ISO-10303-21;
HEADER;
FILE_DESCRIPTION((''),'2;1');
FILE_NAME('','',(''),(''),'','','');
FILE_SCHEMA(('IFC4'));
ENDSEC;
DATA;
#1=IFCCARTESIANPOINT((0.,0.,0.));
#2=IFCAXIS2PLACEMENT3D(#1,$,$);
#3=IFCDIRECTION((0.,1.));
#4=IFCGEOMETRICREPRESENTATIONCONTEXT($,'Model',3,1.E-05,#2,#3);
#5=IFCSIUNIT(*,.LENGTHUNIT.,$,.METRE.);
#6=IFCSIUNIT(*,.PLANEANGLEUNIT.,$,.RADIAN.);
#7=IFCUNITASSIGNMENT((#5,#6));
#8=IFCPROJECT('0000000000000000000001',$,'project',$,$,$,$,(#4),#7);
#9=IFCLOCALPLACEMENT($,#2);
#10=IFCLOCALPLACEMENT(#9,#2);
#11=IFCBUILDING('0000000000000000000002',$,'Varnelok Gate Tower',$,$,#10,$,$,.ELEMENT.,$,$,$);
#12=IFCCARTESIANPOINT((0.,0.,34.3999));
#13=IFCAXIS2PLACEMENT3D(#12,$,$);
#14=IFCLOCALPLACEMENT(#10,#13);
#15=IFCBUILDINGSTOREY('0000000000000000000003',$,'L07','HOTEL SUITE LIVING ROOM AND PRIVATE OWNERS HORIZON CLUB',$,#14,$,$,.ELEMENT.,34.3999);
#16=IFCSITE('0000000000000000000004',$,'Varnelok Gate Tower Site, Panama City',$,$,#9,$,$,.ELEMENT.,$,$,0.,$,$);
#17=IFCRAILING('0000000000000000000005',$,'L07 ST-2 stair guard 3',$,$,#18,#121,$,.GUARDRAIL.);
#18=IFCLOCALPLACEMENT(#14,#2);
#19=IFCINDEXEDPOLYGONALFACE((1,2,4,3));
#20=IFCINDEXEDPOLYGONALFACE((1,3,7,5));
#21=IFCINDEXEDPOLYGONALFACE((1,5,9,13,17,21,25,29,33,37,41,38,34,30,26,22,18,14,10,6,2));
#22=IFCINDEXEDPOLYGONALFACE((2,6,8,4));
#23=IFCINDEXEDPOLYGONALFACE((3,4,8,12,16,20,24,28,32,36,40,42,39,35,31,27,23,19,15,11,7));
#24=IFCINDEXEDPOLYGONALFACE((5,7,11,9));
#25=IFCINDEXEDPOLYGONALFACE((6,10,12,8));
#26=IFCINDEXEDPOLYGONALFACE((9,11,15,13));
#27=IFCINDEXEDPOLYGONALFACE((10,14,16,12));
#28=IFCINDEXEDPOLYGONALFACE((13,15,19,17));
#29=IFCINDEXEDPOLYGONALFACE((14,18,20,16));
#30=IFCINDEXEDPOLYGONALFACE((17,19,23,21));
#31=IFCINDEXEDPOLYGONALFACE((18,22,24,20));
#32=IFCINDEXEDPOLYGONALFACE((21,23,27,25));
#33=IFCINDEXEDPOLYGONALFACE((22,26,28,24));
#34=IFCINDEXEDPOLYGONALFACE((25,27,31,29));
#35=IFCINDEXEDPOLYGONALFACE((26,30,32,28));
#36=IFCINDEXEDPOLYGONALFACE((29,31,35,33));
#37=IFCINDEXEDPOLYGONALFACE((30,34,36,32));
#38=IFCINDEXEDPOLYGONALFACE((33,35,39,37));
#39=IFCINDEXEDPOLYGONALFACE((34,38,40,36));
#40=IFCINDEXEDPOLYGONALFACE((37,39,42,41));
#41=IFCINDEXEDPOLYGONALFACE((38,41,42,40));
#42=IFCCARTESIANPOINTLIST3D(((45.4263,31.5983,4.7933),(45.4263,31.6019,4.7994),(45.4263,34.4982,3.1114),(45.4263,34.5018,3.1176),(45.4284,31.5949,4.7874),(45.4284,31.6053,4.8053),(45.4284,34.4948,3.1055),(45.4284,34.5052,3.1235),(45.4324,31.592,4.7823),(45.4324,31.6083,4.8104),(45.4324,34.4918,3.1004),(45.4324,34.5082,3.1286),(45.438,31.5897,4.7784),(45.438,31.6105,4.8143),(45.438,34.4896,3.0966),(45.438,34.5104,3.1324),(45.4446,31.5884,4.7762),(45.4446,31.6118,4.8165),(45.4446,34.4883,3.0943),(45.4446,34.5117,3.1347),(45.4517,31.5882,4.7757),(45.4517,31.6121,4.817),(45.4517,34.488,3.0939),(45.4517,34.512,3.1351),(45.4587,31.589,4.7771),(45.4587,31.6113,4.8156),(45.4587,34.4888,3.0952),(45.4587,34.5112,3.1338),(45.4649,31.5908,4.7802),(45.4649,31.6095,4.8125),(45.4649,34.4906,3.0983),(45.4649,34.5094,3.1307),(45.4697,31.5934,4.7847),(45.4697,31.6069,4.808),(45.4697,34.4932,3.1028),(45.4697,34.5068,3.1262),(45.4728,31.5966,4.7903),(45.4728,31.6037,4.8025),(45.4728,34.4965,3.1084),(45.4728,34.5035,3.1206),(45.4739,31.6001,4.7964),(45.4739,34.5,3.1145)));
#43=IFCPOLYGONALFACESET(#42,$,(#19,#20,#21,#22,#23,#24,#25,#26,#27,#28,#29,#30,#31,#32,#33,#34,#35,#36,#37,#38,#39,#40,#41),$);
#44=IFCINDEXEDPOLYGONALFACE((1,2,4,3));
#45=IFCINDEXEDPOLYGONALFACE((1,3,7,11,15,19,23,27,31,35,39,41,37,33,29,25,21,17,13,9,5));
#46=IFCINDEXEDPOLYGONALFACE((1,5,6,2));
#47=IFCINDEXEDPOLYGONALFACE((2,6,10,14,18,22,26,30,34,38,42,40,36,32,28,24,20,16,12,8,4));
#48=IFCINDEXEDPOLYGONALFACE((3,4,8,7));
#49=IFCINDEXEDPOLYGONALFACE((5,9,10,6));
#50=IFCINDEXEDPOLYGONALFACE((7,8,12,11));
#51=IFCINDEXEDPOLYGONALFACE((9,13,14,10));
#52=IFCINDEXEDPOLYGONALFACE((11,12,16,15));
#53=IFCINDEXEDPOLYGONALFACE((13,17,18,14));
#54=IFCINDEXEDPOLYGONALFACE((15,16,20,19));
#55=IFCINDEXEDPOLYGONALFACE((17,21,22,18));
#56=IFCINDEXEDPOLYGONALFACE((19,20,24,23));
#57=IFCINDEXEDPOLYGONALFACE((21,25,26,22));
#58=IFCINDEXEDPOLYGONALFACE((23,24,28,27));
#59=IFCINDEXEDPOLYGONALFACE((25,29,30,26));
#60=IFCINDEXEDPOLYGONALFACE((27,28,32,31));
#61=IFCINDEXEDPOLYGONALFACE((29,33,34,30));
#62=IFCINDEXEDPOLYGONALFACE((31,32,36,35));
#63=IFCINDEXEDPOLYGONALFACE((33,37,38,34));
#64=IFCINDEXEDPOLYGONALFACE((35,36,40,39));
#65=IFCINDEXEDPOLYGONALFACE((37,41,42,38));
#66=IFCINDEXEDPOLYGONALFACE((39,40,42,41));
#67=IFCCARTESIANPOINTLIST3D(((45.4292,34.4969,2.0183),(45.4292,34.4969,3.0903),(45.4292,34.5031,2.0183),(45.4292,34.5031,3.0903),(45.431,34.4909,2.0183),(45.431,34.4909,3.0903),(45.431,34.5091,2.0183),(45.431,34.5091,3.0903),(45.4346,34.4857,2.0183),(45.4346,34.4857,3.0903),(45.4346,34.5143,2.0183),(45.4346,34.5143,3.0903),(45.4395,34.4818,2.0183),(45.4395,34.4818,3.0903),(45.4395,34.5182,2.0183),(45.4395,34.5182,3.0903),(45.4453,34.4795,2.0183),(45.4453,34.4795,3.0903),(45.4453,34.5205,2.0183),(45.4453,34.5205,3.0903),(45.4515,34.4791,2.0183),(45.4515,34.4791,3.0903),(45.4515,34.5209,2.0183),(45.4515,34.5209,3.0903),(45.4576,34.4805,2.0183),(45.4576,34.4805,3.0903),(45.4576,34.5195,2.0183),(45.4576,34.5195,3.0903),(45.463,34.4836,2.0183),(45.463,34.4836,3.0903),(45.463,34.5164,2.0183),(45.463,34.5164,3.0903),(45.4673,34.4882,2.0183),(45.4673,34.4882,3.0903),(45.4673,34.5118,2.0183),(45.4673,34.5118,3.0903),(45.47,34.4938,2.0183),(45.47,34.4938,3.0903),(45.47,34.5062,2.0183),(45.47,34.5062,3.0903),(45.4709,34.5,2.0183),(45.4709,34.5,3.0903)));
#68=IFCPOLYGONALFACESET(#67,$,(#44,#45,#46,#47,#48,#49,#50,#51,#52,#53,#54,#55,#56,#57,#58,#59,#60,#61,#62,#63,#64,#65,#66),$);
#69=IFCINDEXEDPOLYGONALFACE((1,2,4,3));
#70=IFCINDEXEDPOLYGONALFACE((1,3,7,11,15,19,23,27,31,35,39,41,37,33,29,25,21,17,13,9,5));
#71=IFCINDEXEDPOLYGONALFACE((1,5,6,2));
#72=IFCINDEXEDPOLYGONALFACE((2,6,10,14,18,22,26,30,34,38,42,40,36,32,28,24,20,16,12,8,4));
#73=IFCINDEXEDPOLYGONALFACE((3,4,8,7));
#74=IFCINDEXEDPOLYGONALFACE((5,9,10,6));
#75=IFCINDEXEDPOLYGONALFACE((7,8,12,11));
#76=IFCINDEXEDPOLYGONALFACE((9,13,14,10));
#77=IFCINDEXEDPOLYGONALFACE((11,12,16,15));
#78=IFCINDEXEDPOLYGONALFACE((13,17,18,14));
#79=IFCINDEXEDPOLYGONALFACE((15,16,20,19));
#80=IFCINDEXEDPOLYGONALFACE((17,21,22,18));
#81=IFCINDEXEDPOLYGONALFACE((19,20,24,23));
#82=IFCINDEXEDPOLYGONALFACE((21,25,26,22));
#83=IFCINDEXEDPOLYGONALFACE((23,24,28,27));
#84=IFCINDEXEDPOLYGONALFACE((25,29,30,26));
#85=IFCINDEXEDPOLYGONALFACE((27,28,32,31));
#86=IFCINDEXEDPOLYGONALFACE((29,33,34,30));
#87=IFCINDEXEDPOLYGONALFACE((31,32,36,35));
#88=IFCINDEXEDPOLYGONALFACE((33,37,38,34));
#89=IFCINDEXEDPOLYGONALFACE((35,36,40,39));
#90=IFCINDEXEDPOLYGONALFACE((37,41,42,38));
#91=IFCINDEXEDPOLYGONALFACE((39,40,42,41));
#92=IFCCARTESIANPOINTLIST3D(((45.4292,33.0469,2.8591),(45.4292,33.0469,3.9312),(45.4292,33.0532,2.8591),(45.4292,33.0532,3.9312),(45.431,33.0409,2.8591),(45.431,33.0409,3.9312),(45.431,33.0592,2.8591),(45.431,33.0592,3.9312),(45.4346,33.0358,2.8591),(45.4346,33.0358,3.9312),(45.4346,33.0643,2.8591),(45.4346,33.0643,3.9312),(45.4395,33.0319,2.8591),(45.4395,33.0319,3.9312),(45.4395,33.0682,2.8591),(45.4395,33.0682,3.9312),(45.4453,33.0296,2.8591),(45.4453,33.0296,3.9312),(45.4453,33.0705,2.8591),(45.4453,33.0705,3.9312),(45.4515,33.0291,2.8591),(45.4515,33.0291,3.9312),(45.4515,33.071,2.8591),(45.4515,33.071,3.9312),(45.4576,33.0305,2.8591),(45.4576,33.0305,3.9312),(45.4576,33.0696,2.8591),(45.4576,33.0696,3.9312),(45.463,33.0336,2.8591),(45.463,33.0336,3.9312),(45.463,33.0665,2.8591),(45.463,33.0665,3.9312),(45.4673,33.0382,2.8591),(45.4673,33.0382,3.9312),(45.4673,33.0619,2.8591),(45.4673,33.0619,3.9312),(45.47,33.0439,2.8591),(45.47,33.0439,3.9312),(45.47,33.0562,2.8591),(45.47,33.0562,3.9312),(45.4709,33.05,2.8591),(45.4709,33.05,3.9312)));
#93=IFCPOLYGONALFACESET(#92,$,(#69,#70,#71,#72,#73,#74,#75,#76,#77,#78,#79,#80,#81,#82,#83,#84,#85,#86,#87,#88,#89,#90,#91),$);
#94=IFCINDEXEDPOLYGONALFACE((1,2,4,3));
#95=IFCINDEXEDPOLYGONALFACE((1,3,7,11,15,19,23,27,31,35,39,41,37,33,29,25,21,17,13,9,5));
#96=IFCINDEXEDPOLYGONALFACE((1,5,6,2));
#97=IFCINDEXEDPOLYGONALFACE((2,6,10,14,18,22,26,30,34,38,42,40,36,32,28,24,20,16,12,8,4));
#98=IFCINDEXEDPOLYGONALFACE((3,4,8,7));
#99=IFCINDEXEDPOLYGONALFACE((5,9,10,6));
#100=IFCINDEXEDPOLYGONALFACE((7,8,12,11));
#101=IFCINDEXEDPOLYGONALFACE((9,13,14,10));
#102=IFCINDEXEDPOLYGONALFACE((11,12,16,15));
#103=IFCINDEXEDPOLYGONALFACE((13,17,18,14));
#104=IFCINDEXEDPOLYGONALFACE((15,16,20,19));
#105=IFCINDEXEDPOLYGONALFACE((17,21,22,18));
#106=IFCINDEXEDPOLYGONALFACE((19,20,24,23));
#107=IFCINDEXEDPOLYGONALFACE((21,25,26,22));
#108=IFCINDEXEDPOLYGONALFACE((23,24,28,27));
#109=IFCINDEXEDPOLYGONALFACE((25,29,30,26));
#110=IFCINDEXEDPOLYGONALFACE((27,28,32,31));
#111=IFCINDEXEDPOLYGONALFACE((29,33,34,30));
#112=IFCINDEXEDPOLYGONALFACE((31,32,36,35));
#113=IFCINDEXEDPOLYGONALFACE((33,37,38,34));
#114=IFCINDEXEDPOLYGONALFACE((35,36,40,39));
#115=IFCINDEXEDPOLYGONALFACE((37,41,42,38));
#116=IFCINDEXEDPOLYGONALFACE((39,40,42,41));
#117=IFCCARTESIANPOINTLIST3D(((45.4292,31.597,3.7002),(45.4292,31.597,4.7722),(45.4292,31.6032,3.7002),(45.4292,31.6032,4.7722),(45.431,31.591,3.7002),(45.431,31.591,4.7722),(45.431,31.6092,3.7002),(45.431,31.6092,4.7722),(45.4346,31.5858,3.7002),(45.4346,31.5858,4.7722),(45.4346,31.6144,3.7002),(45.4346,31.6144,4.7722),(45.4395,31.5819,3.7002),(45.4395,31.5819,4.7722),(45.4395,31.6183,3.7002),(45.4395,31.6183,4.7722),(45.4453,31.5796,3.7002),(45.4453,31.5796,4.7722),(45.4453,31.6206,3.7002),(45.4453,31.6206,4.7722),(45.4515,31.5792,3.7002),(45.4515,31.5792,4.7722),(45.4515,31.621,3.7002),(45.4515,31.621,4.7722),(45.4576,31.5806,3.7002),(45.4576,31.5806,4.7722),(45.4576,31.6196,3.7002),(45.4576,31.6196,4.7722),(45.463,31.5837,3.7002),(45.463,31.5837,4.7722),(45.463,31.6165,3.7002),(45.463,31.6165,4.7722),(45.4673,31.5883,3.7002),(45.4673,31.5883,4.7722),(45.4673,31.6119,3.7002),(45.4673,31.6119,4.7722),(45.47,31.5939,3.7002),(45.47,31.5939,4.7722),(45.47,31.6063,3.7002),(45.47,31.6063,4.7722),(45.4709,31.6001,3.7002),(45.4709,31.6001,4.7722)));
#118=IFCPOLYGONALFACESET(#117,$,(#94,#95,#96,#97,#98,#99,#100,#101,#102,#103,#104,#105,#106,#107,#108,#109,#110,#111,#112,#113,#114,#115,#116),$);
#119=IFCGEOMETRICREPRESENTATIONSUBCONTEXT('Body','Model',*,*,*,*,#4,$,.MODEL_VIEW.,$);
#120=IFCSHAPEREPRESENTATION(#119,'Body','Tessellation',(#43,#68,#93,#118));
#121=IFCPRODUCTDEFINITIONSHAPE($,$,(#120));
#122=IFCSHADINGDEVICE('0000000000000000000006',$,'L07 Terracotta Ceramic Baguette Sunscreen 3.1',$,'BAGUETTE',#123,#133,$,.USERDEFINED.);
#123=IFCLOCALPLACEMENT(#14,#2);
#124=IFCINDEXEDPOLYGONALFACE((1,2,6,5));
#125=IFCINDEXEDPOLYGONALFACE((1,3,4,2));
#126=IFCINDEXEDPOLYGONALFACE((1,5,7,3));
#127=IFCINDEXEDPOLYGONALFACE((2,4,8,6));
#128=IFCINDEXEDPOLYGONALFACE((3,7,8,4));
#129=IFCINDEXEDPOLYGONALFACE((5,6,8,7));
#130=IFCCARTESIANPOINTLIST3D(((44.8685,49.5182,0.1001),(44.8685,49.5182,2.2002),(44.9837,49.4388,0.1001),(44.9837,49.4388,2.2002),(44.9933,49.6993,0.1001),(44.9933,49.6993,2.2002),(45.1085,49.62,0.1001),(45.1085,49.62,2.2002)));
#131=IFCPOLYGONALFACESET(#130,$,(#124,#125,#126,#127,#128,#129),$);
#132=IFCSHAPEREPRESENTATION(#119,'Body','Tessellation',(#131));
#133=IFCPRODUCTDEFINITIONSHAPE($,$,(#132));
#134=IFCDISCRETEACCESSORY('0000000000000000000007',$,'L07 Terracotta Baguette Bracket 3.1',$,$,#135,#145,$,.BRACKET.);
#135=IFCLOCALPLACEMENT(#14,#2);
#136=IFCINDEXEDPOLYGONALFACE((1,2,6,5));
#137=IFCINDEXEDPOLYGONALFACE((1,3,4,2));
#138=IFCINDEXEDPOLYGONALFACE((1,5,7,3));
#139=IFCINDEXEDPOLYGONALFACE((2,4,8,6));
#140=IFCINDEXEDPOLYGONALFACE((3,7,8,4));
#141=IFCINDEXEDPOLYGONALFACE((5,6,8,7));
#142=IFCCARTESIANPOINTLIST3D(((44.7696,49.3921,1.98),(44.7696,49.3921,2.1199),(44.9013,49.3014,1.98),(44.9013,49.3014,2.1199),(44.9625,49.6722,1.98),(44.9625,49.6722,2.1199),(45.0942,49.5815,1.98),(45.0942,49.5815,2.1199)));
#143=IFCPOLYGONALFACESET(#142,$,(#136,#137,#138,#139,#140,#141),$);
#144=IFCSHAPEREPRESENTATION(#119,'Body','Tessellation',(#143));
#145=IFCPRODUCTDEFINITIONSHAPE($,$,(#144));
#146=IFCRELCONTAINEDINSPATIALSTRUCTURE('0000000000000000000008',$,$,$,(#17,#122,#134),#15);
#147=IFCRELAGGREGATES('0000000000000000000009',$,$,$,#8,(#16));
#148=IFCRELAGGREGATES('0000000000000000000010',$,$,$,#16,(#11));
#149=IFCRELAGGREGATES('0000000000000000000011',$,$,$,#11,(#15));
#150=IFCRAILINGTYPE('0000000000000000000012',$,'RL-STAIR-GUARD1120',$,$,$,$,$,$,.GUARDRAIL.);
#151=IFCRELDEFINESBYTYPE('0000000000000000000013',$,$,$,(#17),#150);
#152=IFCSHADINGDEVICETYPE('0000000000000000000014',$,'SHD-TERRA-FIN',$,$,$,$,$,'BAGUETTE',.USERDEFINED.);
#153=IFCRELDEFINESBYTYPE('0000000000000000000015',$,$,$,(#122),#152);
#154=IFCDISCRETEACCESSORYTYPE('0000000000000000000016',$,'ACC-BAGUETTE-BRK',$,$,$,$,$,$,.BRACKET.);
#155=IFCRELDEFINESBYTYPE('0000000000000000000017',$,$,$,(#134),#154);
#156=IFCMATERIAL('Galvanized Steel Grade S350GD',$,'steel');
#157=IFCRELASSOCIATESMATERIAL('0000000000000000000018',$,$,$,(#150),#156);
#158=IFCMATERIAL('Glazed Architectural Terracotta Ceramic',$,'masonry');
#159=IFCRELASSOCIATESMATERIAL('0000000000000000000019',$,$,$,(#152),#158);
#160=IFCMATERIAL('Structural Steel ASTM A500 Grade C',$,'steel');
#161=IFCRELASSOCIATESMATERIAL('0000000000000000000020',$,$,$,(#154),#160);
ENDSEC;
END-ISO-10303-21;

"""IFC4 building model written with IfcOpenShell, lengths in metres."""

from ifc_helpers import new_model, si_unit, direction, frame, origin, origin_2d, place, context, subcontext, project, spatial, rectangle, circle, extrude, source, transform, mapped, material, type_object, element, save


model = new_model("IFC4")

# Units and contexts
model_context = context("Model", 3, precision=1e-05, world=origin(), true_north=direction((0.0, 1.0)))
body_context = subcontext(model_context, "Body", "Model", "MODEL_VIEW")
ifc_project = project(units=[si_unit("LENGTHUNIT", "METRE"), si_unit("PLANEANGLEUNIT", "RADIAN")], contexts=[model_context])

# Site, building, storey
site_placement = place(None, origin())
site = spatial("IfcSite", under=ifc_project, at=site_placement, Name="Varnelok Gate Tower Site, Panama City", CompositionType="ELEMENT", RefElevation=0.0)
building_placement = place(site_placement, origin())
building = spatial("IfcBuilding", under=site, at=building_placement, Name="Varnelok Gate Tower", CompositionType="ELEMENT")
storey_placement = place(building_placement, frame((0.0, 0.0, 34.3999)))
storey = spatial("IfcBuildingStorey", under=building, at=storey_placement, Name="L07", Description="HOTEL SUITE LIVING ROOM AND PRIVATE OWNERS HORIZON CLUB", CompositionType="ELEMENT", Elevation=34.3999)

# Shared definitions
ifc_material_1 = material(Name="Galvanized Steel Grade S350GD", Category="steel")

# Railing
railing_type_1 = type_object("IfcRailingType", Name="RL-STAIR-GUARD1120", PredefinedType="GUARDRAIL", material=ifc_material_1)
railing_1_placement = place(storey_placement, frame((45.45, 34.5, 2.0183)))
element("IfcRailing", 1, at=railing_1_placement, inside=storey, type_object=railing_type_1, Name="L07 ST-2 stair guard 3", PredefinedType="GUARDRAIL", context=body_context, shape_type="SweptSolid", body=[
    extrude(circle(Radius=0.0239, at=origin_2d()), frame((0.0, 0.0, 1.0962), z_axis=(0.0, -0.865039, 0.501705), x_axis=(1.0, 0.0, 0.0)), (0.0, 0.0, 1.0), 3.3523),
    extrude(circle(Radius=0.021, at=origin_2d()), origin(), (0.0, 0.0, 1.0), 1.072),
    extrude(circle(Radius=0.021, at=origin_2d()), frame((0.0, -1.45, 0.8408)), (0.0, 0.0, 1.0), 1.072),
    extrude(circle(Radius=0.021, at=origin_2d()), frame((0.0, -2.8999, 1.6819)), (0.0, 0.0, 1.0), 1.072),
])

# Shading device
ifc_material_2 = material(Name="Glazed Architectural Terracotta Ceramic", Category="masonry")
shading_device_type = type_object("IfcShadingDeviceType", Name="SHD-TERRA-FIN", ElementType="BAGUETTE", PredefinedType="USERDEFINED", material=ifc_material_2)
shared_shape_1 = source(origin(), body_context, "Body", "SweptSolid", [
    extrude(rectangle(XDim=0.1399, YDim=0.22, at=origin_2d()), origin(), (0.0, 0.0, 1.0), 2.1001),
])
shading_device_placement = place(storey_placement, frame((44.9885, 49.5691, 0.1001), z_axis=(0.0, 0.0, 1.0), x_axis=(0.823533, -0.567269, 0.0)))
element("IfcShadingDevice", 2, at=shading_device_placement, inside=storey, type_object=shading_device_type, Name="L07 Terracotta Ceramic Baguette Sunscreen 3.1", ObjectType="BAGUETTE", PredefinedType="USERDEFINED", context=body_context, shape_type="MappedRepresentation", body=[
    mapped(shared_shape_1, transform((0.0, 0.0, 0.0), scale=1.0)),
])

# Discrete accessory
ifc_material_3 = material(Name="Structural Steel ASTM A500 Grade C", Category="steel")
discrete_accessory_type = type_object("IfcDiscreteAccessoryType", Name="ACC-BAGUETTE-BRK", PredefinedType="BRACKET", material=ifc_material_3)
shared_shape_2 = source(origin(), body_context, "Body", "SweptSolid", [
    extrude(rectangle(XDim=0.1599, YDim=0.3401, at=origin_2d()), origin(), (0.0, 0.0, 1.0), 0.1399),
])
discrete_accessory_placement = place(storey_placement, frame((44.9319, 49.4868, 1.98), z_axis=(0.0, 0.0, 1.0), x_axis=(0.823533, -0.567269, 0.0)))
element("IfcDiscreteAccessory", 3, at=discrete_accessory_placement, inside=storey, type_object=discrete_accessory_type, Name="L07 Terracotta Baguette Bracket 3.1", PredefinedType="BRACKET", context=body_context, shape_type="MappedRepresentation", body=[
    mapped(shared_shape_2, transform((0.0, 0.0, 0.0), scale=1.0)),
])

save(model, "model.ifc")
